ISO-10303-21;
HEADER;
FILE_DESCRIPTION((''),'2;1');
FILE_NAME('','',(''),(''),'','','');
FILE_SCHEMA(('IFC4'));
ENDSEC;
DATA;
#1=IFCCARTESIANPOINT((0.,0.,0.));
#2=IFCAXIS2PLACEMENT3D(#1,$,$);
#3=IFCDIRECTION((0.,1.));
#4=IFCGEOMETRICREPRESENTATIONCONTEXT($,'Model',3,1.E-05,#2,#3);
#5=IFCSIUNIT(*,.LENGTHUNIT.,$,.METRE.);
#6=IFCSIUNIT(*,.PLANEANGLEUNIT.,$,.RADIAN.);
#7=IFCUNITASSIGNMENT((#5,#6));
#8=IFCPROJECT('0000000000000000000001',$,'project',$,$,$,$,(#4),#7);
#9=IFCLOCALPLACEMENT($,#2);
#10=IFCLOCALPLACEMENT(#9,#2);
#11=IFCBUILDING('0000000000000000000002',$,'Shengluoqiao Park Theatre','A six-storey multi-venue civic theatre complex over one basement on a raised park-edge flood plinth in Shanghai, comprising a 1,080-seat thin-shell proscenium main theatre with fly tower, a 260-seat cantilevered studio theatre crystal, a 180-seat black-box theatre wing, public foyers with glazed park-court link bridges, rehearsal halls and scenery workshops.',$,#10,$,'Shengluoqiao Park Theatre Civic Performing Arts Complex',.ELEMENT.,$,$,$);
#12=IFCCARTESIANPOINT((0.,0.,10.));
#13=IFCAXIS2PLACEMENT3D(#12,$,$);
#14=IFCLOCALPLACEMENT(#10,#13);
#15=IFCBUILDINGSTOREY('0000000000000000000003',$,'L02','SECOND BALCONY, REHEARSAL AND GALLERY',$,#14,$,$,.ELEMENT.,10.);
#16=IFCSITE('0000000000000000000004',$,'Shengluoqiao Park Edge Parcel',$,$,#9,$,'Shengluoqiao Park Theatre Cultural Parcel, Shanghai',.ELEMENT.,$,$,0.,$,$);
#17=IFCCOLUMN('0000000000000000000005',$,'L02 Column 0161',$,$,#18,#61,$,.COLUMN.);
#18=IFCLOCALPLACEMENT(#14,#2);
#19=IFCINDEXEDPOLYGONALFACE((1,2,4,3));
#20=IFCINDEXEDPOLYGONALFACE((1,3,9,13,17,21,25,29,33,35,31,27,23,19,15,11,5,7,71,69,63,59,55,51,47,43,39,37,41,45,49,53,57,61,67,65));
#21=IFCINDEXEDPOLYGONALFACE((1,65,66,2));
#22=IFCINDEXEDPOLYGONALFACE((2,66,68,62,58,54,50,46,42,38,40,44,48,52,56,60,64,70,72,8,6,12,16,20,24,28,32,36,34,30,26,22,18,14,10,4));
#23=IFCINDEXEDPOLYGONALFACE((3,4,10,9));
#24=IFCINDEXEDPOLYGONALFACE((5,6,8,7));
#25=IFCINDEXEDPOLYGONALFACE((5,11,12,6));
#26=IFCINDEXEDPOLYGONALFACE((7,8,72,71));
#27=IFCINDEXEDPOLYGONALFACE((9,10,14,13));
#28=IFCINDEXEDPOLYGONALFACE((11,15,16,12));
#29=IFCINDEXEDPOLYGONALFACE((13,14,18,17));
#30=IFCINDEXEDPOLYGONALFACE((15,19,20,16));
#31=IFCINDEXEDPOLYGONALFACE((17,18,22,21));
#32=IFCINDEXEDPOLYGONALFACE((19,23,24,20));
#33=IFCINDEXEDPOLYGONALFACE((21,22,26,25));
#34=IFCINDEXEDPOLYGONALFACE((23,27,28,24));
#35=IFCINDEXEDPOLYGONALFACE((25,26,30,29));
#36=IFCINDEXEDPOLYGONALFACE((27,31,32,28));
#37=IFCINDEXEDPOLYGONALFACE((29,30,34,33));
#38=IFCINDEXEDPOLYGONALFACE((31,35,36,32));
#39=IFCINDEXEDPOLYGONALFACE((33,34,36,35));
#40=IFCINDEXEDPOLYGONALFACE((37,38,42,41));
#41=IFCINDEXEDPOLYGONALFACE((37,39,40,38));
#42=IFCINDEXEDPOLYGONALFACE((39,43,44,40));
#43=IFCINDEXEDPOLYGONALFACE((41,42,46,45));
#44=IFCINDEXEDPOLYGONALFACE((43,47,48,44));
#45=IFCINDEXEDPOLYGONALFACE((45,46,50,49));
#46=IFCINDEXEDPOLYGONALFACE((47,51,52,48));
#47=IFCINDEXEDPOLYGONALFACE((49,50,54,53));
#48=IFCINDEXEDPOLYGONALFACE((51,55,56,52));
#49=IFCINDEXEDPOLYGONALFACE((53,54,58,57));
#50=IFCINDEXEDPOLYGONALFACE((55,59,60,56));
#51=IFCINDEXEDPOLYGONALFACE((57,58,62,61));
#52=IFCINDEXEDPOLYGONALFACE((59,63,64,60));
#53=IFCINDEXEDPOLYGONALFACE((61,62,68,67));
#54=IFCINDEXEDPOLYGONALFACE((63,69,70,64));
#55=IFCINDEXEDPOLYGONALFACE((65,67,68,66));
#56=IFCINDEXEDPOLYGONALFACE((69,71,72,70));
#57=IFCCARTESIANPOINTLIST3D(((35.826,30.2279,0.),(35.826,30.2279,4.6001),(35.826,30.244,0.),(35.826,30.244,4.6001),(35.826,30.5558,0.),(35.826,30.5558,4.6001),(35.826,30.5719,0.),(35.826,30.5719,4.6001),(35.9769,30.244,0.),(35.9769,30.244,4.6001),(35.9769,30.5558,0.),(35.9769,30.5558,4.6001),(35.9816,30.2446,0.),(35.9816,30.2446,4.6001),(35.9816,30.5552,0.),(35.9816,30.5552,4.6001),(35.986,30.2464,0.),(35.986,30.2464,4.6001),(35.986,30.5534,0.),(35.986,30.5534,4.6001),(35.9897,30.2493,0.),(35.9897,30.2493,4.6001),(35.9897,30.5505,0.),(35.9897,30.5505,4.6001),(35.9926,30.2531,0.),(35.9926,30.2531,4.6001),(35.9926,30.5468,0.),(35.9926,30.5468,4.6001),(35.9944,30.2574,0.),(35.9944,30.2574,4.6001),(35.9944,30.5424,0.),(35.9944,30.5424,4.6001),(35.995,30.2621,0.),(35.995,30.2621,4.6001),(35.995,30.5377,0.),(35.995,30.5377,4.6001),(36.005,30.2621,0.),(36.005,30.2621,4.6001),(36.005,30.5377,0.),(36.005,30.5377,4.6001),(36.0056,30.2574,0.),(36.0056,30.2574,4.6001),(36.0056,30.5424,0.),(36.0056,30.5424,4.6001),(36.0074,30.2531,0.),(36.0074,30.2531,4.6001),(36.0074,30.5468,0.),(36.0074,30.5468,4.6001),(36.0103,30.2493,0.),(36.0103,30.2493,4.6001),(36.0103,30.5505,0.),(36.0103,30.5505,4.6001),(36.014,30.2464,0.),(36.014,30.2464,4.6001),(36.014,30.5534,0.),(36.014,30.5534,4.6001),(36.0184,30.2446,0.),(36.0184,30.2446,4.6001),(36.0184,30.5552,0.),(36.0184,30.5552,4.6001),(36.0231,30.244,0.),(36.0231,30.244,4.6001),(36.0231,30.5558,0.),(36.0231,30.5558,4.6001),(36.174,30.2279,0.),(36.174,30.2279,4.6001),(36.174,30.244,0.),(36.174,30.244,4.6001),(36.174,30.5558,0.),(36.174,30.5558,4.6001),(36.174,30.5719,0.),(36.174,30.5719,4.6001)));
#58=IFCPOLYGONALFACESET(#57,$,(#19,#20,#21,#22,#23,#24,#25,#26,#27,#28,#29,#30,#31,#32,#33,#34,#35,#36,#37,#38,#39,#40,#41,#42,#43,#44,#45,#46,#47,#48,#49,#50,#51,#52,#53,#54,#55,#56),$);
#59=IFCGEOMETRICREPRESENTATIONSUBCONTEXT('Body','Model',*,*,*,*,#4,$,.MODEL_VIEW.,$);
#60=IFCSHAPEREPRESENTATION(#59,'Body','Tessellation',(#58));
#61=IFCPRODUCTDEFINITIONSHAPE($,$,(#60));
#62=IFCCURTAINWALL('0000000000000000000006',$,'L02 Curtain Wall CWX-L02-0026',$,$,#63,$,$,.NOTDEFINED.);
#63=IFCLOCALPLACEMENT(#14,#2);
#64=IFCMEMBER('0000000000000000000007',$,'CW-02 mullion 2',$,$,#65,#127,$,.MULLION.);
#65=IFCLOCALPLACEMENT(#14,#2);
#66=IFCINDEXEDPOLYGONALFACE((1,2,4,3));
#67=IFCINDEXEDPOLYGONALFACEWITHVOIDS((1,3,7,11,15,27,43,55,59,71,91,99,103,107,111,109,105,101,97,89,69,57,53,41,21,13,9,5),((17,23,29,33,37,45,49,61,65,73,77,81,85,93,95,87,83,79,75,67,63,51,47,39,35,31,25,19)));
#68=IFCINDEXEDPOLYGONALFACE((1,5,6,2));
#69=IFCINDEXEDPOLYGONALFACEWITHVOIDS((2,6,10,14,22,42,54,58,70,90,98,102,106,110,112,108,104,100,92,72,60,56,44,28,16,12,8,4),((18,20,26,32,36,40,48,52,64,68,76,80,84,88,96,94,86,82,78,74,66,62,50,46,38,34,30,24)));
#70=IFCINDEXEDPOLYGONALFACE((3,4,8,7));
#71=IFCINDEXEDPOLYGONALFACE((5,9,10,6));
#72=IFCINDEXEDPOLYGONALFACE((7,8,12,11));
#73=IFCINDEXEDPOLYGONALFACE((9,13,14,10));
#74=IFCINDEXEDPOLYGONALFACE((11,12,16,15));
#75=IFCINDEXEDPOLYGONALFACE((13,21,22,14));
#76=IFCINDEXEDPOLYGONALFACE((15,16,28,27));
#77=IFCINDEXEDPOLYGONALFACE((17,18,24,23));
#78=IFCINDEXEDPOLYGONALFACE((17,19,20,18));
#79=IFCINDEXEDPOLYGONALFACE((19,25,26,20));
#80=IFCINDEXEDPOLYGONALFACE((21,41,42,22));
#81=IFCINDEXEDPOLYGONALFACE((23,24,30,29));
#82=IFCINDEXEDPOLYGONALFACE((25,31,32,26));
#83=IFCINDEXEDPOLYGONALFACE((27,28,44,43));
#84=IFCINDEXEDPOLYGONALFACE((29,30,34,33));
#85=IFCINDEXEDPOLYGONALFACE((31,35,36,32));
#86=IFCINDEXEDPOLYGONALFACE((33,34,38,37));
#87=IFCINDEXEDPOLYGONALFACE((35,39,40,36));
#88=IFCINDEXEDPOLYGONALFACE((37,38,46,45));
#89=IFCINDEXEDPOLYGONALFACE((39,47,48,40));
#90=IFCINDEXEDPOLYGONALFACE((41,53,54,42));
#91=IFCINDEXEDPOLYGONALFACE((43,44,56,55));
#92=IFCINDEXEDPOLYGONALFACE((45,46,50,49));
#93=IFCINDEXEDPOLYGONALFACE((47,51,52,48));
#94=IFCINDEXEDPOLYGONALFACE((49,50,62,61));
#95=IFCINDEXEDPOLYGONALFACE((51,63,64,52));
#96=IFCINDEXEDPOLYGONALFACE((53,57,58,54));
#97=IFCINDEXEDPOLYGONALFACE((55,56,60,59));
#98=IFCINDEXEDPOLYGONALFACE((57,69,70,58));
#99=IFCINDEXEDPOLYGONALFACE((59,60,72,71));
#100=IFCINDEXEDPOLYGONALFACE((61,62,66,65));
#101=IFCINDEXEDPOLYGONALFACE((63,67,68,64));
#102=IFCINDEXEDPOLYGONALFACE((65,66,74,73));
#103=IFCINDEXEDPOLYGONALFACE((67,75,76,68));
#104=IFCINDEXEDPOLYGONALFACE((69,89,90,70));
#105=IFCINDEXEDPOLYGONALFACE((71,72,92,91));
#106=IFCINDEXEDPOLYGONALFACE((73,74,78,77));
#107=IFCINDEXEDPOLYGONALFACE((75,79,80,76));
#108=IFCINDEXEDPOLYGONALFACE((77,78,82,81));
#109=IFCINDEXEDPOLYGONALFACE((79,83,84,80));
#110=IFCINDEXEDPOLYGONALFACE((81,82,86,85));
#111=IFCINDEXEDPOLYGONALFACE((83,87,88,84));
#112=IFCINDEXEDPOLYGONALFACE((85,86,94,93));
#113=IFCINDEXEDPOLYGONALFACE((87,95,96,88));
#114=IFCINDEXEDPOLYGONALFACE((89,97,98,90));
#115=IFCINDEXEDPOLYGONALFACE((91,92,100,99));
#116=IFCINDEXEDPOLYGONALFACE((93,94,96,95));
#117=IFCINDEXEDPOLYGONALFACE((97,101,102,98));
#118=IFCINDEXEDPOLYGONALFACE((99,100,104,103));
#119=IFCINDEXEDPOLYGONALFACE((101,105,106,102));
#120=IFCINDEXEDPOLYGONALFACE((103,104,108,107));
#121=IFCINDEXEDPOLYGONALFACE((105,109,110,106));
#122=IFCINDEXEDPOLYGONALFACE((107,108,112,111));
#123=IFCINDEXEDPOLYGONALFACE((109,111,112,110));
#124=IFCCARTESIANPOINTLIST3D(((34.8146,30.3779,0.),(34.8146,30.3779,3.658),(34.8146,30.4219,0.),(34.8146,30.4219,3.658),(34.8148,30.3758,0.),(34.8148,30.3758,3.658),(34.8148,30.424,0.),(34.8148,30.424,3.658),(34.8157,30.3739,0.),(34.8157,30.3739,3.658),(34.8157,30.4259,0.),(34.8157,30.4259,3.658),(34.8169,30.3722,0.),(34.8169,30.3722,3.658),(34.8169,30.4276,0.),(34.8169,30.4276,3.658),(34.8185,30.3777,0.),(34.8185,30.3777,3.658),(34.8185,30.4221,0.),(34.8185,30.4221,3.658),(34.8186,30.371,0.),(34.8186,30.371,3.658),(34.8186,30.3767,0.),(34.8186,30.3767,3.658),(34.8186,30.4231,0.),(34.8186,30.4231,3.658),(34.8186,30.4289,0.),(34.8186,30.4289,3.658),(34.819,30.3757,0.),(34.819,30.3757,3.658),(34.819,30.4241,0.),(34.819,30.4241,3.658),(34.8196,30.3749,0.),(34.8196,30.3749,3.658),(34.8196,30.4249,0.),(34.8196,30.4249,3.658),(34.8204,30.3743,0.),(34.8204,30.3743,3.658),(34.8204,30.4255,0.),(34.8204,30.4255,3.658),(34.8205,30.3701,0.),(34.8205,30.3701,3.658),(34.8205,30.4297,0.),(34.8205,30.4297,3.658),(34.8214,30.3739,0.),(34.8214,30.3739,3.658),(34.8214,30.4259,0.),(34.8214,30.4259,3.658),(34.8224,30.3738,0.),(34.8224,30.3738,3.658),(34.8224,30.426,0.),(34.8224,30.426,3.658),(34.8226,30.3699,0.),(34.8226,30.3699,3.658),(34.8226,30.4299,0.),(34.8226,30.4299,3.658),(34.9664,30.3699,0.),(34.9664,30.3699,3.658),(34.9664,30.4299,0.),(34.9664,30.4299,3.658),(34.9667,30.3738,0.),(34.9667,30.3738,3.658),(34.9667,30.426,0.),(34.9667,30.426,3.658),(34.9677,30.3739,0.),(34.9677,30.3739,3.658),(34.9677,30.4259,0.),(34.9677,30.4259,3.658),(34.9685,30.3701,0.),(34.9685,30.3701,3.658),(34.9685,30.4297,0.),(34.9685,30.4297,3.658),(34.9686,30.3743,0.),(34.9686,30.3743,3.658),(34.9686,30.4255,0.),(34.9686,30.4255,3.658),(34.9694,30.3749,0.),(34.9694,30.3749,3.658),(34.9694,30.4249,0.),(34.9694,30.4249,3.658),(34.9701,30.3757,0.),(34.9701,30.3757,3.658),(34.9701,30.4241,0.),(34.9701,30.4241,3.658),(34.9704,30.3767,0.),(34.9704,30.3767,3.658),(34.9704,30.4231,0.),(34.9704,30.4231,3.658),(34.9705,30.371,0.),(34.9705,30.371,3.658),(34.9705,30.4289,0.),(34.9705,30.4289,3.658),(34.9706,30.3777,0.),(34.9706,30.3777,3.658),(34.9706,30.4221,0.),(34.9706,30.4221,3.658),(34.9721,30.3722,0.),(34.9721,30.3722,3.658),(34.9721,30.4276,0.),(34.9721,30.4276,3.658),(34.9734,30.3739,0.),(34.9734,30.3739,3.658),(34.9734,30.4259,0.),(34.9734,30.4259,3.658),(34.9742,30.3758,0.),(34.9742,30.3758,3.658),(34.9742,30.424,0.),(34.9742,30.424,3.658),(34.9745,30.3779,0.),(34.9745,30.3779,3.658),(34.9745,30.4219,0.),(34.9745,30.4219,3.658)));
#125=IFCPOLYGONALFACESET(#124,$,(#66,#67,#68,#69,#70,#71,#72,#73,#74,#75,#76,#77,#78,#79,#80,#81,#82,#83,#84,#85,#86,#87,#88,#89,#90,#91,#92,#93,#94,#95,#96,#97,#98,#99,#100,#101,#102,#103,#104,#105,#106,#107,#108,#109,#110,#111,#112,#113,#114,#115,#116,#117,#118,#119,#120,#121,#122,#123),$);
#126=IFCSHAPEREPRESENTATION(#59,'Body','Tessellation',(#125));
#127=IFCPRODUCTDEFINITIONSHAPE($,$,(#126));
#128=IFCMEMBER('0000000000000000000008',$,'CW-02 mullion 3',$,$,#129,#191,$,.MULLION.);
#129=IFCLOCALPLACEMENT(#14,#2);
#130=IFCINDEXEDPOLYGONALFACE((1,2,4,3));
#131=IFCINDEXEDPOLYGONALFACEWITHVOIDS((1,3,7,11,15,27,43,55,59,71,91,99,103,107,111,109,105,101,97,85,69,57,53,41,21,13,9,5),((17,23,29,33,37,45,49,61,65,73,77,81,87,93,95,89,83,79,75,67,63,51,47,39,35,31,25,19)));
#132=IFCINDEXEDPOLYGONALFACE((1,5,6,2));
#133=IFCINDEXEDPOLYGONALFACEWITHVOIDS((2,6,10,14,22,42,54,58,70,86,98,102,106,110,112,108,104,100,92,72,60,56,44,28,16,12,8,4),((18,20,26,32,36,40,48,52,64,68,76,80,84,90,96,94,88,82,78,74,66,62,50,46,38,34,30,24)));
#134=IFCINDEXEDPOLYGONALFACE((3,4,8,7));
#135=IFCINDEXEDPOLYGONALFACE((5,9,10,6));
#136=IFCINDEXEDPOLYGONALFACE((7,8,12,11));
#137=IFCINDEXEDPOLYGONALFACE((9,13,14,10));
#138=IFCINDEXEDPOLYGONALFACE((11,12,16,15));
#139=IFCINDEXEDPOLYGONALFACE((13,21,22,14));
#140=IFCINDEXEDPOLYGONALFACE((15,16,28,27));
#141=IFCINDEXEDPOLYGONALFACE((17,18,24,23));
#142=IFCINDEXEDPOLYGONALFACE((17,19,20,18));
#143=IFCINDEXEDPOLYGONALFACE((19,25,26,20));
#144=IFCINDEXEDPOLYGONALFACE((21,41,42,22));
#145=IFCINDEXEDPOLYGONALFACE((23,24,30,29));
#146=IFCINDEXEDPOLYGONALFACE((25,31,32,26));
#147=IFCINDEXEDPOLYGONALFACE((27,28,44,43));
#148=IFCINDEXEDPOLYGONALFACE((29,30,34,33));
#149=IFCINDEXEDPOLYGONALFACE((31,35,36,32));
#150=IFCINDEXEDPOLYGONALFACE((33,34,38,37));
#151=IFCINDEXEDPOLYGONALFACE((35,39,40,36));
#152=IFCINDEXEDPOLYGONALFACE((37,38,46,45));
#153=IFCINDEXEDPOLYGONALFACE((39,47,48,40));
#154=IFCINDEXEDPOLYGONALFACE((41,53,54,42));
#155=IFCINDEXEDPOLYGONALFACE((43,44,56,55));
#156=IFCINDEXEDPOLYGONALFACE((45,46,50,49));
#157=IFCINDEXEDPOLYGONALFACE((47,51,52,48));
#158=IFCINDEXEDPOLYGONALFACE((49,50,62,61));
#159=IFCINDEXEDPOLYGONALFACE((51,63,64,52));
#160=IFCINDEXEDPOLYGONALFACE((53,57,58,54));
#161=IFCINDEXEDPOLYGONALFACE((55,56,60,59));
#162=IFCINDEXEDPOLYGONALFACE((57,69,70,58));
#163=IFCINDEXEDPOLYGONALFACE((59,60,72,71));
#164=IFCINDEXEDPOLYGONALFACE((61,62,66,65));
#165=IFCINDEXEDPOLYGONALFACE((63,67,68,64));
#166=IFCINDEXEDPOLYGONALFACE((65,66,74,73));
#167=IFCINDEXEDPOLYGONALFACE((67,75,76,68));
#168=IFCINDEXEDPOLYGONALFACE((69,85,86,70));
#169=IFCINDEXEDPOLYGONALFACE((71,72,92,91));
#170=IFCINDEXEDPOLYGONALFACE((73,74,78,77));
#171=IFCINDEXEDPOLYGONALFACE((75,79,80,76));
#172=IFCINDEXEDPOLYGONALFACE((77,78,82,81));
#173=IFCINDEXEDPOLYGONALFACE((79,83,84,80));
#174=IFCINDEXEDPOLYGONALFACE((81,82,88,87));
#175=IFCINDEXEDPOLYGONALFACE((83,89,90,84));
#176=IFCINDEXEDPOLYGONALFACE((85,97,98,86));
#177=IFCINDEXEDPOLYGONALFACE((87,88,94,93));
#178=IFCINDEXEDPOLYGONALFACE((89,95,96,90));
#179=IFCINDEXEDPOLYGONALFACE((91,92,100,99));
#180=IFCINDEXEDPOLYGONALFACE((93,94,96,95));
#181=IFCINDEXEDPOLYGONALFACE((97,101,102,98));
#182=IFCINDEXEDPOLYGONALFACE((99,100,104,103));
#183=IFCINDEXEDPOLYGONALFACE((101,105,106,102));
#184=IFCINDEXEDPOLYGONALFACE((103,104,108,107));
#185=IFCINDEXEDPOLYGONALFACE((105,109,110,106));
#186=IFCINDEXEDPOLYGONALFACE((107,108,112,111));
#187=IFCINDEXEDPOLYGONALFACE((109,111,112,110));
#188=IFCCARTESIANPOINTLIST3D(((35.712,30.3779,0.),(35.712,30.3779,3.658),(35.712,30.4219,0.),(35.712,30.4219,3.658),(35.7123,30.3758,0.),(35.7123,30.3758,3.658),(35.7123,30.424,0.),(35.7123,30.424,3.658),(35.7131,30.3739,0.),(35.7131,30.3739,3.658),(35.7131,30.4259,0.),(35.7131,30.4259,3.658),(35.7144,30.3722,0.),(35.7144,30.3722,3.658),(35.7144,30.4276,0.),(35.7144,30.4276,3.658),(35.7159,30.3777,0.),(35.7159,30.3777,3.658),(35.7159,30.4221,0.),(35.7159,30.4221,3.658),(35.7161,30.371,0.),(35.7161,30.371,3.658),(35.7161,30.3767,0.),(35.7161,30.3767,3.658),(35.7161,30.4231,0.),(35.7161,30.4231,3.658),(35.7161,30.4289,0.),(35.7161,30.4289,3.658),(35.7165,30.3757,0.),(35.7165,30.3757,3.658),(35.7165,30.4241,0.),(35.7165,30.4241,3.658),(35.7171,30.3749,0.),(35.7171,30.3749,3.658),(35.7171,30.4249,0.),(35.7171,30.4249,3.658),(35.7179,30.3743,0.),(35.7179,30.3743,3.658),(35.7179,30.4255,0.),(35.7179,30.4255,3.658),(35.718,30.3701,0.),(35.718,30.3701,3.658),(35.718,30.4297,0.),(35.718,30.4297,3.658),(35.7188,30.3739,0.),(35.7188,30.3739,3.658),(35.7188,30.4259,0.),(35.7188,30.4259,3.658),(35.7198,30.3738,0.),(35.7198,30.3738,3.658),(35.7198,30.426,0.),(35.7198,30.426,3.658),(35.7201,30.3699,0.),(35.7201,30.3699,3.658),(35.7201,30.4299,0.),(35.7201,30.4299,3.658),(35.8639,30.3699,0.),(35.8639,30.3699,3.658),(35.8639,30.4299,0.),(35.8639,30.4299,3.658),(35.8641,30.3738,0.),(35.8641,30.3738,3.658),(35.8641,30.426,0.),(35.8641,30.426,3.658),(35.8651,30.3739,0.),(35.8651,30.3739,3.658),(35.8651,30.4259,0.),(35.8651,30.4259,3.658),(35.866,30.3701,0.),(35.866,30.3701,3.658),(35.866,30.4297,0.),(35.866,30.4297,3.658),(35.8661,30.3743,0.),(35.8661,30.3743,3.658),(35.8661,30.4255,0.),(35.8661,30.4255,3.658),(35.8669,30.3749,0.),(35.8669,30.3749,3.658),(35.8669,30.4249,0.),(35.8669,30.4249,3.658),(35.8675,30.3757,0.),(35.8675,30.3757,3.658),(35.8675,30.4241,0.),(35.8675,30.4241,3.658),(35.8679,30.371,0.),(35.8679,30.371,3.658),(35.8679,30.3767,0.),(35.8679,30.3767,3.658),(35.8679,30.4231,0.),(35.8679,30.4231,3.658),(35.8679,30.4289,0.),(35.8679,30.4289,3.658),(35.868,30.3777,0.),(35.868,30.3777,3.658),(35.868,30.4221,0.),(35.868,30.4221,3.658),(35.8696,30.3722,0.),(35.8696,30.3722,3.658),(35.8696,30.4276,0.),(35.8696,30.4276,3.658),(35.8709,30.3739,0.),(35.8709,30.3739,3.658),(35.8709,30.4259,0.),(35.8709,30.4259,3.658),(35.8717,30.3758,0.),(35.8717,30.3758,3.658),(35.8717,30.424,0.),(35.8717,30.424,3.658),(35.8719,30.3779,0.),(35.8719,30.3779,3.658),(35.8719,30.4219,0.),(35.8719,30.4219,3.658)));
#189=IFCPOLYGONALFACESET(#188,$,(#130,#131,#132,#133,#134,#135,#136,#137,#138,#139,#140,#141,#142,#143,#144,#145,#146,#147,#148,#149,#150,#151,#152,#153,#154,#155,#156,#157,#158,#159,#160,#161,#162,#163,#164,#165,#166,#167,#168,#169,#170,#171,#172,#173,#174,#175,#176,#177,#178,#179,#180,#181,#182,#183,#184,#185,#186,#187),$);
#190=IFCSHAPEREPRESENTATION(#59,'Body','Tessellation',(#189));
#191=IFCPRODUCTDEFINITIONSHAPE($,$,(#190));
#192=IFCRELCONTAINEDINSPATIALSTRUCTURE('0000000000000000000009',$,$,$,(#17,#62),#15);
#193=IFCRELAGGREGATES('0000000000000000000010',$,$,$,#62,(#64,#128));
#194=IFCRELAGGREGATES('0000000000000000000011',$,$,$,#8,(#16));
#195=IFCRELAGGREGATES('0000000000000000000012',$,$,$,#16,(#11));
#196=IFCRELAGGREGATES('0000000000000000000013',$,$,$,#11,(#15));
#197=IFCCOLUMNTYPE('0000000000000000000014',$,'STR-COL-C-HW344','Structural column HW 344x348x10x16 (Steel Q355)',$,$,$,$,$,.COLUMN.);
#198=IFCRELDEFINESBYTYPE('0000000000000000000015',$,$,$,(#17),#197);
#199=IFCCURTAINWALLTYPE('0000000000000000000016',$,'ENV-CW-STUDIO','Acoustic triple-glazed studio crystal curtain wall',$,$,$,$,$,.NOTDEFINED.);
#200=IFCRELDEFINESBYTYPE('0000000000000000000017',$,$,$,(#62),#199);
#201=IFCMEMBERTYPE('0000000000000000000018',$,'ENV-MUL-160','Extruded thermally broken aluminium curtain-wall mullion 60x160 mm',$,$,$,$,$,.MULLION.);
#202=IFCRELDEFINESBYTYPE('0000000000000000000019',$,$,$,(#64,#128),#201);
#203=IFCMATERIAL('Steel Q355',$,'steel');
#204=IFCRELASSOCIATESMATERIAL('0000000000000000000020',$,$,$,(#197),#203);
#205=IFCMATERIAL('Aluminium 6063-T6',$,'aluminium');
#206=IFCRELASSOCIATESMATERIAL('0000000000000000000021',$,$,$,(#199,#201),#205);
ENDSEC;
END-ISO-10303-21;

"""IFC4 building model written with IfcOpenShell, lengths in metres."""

from ifc_helpers import new_model, si_unit, direction, frame, origin, origin_2d, place, context, subcontext, project, spatial, hollow_rectangle, i_section, extrude, material, material_profile, profile_set, type_object, element, aggregate, save


model = new_model("IFC4")

# Units and contexts
model_context = context("Model", 3, precision=1e-05, world=origin(), true_north=direction((0.0, 1.0)))
body_context = subcontext(model_context, "Body", "Model", "MODEL_VIEW")
ifc_project = project(units=[si_unit("LENGTHUNIT", "METRE"), si_unit("PLANEANGLEUNIT", "RADIAN")], contexts=[model_context])

# Site, building, storey
site_placement = place(None, origin())
site = spatial("IfcSite", under=ifc_project, at=site_placement, Name="Shengluoqiao Park Edge Parcel", LongName="Shengluoqiao Park Theatre Cultural Parcel, Shanghai", CompositionType="ELEMENT", RefElevation=0.0)
building_placement = place(site_placement, origin())
building = spatial("IfcBuilding", under=site, at=building_placement, Name="Shengluoqiao Park Theatre", Description="A six-storey multi-venue civic theatre complex over one basement on a raised park-edge flood plinth in Shanghai, comprising a 1,080-seat thin-shell proscenium main theatre with fly tower, a 260-seat cantilevered studio theatre crystal, a 180-seat black-box theatre wing, public foyers with glazed park-court link bridges, rehearsal halls and scenery workshops.", LongName="Shengluoqiao Park Theatre Civic Performing Arts Complex", CompositionType="ELEMENT")
storey_placement = place(building_placement, frame((0.0, 0.0, 10.0)))
storey = spatial("IfcBuildingStorey", under=building, at=storey_placement, Name="L02", Description="SECOND BALCONY, REHEARSAL AND GALLERY", CompositionType="ELEMENT", Elevation=10.0)

# Column
ifc_material_1 = material(Name="Steel Q355", Category="steel")
ifc_material_profile_1 = material_profile(ifc_material_1, i_section(OverallWidth=0.3479, OverallDepth=0.344, WebThickness=0.01, FlangeThickness=0.0161, FilletRadius=0.0181, at=origin_2d()), Name="HW 344x348x10x16")
ifc_profile_set_1 = profile_set([ifc_material_profile_1], Name="Steel Q355")
column_type = type_object("IfcColumnType", Name="STR-COL-C-HW344", Description="Structural column HW 344x348x10x16 (Steel Q355)", PredefinedType="COLUMN", material=ifc_profile_set_1)
column_placement = place(storey_placement, frame((36.0, 30.3999, 0.0), z_axis=(0.0, 0.0, 1.0), x_axis=(1.0, 0.0, 0.0)))
element("IfcColumn", 1, at=column_placement, inside=storey, type_object=column_type, Name="L02 Column 0161", PredefinedType="COLUMN", context=body_context, shape_type="SweptSolid", body=[
    extrude(i_section(OverallWidth=0.3479, OverallDepth=0.344, WebThickness=0.01, FlangeThickness=0.0161, FilletRadius=0.0181, at=origin_2d()), origin(), (0.0, 0.0, 1.0), 4.6001),
])

# Curtain wall, members
ifc_material_2 = material(Name="Aluminium 6063-T6", Category="aluminium")
curtain_wall_type_1 = type_object("IfcCurtainWallType", Name="ENV-CW-STUDIO", Description="Acoustic triple-glazed studio crystal curtain wall", PredefinedType="NOTDEFINED", material=ifc_material_2)
curtain_wall_1_placement = place(storey_placement, origin())
curtain_wall_1 = element("IfcCurtainWall", 2, at=curtain_wall_1_placement, inside=storey, type_object=curtain_wall_type_1, Name="L02 Curtain Wall CWX-L02-0026", PredefinedType="NOTDEFINED")
ifc_material_profile_2 = material_profile(ifc_material_2, hollow_rectangle(XDim=0.0601, YDim=0.1599, WallThickness=0.0039, InnerFilletRadius=0.0039, OuterFilletRadius=0.0081, at=origin_2d()), Name="ALU MULLION 160x60x4")
ifc_profile_set_2 = profile_set([ifc_material_profile_2], Name="Aluminium 6063-T6")
member_type_1 = type_object("IfcMemberType", Name="ENV-MUL-160", Description="Extruded thermally broken aluminium curtain-wall mullion 60x160 mm", PredefinedType="MULLION", material=ifc_profile_set_2)
member_1_placement = place(storey_placement, frame((34.8945, 30.3999, 0.0), z_axis=(0.0, 0.0, 1.0), x_axis=(0.0, 1.0, 0.0)))
member_1 = element("IfcMember", 3, at=member_1_placement, type_object=member_type_1, Name="CW-02 mullion 2", PredefinedType="MULLION", context=body_context, shape_type="SweptSolid", body=[
    extrude(hollow_rectangle(XDim=0.0601, YDim=0.1599, WallThickness=0.0039, InnerFilletRadius=0.0039, OuterFilletRadius=0.0081, at=origin_2d()), origin(), (0.0, 0.0, 1.0), 3.658),
])
member_2_placement = place(storey_placement, frame((35.792, 30.3999, 0.0), z_axis=(0.0, 0.0, 1.0), x_axis=(0.0, 1.0, 0.0)))
member_2 = element("IfcMember", 4, at=member_2_placement, type_object=member_type_1, Name="CW-02 mullion 3", PredefinedType="MULLION", context=body_context, shape_type="SweptSolid", body=[
    extrude(hollow_rectangle(XDim=0.0601, YDim=0.1599, WallThickness=0.0039, InnerFilletRadius=0.0039, OuterFilletRadius=0.0081, at=origin_2d()), origin(), (0.0, 0.0, 1.0), 3.658),
])

aggregate(curtain_wall_1, [member_1, member_2])

save(model, "model.ifc")
